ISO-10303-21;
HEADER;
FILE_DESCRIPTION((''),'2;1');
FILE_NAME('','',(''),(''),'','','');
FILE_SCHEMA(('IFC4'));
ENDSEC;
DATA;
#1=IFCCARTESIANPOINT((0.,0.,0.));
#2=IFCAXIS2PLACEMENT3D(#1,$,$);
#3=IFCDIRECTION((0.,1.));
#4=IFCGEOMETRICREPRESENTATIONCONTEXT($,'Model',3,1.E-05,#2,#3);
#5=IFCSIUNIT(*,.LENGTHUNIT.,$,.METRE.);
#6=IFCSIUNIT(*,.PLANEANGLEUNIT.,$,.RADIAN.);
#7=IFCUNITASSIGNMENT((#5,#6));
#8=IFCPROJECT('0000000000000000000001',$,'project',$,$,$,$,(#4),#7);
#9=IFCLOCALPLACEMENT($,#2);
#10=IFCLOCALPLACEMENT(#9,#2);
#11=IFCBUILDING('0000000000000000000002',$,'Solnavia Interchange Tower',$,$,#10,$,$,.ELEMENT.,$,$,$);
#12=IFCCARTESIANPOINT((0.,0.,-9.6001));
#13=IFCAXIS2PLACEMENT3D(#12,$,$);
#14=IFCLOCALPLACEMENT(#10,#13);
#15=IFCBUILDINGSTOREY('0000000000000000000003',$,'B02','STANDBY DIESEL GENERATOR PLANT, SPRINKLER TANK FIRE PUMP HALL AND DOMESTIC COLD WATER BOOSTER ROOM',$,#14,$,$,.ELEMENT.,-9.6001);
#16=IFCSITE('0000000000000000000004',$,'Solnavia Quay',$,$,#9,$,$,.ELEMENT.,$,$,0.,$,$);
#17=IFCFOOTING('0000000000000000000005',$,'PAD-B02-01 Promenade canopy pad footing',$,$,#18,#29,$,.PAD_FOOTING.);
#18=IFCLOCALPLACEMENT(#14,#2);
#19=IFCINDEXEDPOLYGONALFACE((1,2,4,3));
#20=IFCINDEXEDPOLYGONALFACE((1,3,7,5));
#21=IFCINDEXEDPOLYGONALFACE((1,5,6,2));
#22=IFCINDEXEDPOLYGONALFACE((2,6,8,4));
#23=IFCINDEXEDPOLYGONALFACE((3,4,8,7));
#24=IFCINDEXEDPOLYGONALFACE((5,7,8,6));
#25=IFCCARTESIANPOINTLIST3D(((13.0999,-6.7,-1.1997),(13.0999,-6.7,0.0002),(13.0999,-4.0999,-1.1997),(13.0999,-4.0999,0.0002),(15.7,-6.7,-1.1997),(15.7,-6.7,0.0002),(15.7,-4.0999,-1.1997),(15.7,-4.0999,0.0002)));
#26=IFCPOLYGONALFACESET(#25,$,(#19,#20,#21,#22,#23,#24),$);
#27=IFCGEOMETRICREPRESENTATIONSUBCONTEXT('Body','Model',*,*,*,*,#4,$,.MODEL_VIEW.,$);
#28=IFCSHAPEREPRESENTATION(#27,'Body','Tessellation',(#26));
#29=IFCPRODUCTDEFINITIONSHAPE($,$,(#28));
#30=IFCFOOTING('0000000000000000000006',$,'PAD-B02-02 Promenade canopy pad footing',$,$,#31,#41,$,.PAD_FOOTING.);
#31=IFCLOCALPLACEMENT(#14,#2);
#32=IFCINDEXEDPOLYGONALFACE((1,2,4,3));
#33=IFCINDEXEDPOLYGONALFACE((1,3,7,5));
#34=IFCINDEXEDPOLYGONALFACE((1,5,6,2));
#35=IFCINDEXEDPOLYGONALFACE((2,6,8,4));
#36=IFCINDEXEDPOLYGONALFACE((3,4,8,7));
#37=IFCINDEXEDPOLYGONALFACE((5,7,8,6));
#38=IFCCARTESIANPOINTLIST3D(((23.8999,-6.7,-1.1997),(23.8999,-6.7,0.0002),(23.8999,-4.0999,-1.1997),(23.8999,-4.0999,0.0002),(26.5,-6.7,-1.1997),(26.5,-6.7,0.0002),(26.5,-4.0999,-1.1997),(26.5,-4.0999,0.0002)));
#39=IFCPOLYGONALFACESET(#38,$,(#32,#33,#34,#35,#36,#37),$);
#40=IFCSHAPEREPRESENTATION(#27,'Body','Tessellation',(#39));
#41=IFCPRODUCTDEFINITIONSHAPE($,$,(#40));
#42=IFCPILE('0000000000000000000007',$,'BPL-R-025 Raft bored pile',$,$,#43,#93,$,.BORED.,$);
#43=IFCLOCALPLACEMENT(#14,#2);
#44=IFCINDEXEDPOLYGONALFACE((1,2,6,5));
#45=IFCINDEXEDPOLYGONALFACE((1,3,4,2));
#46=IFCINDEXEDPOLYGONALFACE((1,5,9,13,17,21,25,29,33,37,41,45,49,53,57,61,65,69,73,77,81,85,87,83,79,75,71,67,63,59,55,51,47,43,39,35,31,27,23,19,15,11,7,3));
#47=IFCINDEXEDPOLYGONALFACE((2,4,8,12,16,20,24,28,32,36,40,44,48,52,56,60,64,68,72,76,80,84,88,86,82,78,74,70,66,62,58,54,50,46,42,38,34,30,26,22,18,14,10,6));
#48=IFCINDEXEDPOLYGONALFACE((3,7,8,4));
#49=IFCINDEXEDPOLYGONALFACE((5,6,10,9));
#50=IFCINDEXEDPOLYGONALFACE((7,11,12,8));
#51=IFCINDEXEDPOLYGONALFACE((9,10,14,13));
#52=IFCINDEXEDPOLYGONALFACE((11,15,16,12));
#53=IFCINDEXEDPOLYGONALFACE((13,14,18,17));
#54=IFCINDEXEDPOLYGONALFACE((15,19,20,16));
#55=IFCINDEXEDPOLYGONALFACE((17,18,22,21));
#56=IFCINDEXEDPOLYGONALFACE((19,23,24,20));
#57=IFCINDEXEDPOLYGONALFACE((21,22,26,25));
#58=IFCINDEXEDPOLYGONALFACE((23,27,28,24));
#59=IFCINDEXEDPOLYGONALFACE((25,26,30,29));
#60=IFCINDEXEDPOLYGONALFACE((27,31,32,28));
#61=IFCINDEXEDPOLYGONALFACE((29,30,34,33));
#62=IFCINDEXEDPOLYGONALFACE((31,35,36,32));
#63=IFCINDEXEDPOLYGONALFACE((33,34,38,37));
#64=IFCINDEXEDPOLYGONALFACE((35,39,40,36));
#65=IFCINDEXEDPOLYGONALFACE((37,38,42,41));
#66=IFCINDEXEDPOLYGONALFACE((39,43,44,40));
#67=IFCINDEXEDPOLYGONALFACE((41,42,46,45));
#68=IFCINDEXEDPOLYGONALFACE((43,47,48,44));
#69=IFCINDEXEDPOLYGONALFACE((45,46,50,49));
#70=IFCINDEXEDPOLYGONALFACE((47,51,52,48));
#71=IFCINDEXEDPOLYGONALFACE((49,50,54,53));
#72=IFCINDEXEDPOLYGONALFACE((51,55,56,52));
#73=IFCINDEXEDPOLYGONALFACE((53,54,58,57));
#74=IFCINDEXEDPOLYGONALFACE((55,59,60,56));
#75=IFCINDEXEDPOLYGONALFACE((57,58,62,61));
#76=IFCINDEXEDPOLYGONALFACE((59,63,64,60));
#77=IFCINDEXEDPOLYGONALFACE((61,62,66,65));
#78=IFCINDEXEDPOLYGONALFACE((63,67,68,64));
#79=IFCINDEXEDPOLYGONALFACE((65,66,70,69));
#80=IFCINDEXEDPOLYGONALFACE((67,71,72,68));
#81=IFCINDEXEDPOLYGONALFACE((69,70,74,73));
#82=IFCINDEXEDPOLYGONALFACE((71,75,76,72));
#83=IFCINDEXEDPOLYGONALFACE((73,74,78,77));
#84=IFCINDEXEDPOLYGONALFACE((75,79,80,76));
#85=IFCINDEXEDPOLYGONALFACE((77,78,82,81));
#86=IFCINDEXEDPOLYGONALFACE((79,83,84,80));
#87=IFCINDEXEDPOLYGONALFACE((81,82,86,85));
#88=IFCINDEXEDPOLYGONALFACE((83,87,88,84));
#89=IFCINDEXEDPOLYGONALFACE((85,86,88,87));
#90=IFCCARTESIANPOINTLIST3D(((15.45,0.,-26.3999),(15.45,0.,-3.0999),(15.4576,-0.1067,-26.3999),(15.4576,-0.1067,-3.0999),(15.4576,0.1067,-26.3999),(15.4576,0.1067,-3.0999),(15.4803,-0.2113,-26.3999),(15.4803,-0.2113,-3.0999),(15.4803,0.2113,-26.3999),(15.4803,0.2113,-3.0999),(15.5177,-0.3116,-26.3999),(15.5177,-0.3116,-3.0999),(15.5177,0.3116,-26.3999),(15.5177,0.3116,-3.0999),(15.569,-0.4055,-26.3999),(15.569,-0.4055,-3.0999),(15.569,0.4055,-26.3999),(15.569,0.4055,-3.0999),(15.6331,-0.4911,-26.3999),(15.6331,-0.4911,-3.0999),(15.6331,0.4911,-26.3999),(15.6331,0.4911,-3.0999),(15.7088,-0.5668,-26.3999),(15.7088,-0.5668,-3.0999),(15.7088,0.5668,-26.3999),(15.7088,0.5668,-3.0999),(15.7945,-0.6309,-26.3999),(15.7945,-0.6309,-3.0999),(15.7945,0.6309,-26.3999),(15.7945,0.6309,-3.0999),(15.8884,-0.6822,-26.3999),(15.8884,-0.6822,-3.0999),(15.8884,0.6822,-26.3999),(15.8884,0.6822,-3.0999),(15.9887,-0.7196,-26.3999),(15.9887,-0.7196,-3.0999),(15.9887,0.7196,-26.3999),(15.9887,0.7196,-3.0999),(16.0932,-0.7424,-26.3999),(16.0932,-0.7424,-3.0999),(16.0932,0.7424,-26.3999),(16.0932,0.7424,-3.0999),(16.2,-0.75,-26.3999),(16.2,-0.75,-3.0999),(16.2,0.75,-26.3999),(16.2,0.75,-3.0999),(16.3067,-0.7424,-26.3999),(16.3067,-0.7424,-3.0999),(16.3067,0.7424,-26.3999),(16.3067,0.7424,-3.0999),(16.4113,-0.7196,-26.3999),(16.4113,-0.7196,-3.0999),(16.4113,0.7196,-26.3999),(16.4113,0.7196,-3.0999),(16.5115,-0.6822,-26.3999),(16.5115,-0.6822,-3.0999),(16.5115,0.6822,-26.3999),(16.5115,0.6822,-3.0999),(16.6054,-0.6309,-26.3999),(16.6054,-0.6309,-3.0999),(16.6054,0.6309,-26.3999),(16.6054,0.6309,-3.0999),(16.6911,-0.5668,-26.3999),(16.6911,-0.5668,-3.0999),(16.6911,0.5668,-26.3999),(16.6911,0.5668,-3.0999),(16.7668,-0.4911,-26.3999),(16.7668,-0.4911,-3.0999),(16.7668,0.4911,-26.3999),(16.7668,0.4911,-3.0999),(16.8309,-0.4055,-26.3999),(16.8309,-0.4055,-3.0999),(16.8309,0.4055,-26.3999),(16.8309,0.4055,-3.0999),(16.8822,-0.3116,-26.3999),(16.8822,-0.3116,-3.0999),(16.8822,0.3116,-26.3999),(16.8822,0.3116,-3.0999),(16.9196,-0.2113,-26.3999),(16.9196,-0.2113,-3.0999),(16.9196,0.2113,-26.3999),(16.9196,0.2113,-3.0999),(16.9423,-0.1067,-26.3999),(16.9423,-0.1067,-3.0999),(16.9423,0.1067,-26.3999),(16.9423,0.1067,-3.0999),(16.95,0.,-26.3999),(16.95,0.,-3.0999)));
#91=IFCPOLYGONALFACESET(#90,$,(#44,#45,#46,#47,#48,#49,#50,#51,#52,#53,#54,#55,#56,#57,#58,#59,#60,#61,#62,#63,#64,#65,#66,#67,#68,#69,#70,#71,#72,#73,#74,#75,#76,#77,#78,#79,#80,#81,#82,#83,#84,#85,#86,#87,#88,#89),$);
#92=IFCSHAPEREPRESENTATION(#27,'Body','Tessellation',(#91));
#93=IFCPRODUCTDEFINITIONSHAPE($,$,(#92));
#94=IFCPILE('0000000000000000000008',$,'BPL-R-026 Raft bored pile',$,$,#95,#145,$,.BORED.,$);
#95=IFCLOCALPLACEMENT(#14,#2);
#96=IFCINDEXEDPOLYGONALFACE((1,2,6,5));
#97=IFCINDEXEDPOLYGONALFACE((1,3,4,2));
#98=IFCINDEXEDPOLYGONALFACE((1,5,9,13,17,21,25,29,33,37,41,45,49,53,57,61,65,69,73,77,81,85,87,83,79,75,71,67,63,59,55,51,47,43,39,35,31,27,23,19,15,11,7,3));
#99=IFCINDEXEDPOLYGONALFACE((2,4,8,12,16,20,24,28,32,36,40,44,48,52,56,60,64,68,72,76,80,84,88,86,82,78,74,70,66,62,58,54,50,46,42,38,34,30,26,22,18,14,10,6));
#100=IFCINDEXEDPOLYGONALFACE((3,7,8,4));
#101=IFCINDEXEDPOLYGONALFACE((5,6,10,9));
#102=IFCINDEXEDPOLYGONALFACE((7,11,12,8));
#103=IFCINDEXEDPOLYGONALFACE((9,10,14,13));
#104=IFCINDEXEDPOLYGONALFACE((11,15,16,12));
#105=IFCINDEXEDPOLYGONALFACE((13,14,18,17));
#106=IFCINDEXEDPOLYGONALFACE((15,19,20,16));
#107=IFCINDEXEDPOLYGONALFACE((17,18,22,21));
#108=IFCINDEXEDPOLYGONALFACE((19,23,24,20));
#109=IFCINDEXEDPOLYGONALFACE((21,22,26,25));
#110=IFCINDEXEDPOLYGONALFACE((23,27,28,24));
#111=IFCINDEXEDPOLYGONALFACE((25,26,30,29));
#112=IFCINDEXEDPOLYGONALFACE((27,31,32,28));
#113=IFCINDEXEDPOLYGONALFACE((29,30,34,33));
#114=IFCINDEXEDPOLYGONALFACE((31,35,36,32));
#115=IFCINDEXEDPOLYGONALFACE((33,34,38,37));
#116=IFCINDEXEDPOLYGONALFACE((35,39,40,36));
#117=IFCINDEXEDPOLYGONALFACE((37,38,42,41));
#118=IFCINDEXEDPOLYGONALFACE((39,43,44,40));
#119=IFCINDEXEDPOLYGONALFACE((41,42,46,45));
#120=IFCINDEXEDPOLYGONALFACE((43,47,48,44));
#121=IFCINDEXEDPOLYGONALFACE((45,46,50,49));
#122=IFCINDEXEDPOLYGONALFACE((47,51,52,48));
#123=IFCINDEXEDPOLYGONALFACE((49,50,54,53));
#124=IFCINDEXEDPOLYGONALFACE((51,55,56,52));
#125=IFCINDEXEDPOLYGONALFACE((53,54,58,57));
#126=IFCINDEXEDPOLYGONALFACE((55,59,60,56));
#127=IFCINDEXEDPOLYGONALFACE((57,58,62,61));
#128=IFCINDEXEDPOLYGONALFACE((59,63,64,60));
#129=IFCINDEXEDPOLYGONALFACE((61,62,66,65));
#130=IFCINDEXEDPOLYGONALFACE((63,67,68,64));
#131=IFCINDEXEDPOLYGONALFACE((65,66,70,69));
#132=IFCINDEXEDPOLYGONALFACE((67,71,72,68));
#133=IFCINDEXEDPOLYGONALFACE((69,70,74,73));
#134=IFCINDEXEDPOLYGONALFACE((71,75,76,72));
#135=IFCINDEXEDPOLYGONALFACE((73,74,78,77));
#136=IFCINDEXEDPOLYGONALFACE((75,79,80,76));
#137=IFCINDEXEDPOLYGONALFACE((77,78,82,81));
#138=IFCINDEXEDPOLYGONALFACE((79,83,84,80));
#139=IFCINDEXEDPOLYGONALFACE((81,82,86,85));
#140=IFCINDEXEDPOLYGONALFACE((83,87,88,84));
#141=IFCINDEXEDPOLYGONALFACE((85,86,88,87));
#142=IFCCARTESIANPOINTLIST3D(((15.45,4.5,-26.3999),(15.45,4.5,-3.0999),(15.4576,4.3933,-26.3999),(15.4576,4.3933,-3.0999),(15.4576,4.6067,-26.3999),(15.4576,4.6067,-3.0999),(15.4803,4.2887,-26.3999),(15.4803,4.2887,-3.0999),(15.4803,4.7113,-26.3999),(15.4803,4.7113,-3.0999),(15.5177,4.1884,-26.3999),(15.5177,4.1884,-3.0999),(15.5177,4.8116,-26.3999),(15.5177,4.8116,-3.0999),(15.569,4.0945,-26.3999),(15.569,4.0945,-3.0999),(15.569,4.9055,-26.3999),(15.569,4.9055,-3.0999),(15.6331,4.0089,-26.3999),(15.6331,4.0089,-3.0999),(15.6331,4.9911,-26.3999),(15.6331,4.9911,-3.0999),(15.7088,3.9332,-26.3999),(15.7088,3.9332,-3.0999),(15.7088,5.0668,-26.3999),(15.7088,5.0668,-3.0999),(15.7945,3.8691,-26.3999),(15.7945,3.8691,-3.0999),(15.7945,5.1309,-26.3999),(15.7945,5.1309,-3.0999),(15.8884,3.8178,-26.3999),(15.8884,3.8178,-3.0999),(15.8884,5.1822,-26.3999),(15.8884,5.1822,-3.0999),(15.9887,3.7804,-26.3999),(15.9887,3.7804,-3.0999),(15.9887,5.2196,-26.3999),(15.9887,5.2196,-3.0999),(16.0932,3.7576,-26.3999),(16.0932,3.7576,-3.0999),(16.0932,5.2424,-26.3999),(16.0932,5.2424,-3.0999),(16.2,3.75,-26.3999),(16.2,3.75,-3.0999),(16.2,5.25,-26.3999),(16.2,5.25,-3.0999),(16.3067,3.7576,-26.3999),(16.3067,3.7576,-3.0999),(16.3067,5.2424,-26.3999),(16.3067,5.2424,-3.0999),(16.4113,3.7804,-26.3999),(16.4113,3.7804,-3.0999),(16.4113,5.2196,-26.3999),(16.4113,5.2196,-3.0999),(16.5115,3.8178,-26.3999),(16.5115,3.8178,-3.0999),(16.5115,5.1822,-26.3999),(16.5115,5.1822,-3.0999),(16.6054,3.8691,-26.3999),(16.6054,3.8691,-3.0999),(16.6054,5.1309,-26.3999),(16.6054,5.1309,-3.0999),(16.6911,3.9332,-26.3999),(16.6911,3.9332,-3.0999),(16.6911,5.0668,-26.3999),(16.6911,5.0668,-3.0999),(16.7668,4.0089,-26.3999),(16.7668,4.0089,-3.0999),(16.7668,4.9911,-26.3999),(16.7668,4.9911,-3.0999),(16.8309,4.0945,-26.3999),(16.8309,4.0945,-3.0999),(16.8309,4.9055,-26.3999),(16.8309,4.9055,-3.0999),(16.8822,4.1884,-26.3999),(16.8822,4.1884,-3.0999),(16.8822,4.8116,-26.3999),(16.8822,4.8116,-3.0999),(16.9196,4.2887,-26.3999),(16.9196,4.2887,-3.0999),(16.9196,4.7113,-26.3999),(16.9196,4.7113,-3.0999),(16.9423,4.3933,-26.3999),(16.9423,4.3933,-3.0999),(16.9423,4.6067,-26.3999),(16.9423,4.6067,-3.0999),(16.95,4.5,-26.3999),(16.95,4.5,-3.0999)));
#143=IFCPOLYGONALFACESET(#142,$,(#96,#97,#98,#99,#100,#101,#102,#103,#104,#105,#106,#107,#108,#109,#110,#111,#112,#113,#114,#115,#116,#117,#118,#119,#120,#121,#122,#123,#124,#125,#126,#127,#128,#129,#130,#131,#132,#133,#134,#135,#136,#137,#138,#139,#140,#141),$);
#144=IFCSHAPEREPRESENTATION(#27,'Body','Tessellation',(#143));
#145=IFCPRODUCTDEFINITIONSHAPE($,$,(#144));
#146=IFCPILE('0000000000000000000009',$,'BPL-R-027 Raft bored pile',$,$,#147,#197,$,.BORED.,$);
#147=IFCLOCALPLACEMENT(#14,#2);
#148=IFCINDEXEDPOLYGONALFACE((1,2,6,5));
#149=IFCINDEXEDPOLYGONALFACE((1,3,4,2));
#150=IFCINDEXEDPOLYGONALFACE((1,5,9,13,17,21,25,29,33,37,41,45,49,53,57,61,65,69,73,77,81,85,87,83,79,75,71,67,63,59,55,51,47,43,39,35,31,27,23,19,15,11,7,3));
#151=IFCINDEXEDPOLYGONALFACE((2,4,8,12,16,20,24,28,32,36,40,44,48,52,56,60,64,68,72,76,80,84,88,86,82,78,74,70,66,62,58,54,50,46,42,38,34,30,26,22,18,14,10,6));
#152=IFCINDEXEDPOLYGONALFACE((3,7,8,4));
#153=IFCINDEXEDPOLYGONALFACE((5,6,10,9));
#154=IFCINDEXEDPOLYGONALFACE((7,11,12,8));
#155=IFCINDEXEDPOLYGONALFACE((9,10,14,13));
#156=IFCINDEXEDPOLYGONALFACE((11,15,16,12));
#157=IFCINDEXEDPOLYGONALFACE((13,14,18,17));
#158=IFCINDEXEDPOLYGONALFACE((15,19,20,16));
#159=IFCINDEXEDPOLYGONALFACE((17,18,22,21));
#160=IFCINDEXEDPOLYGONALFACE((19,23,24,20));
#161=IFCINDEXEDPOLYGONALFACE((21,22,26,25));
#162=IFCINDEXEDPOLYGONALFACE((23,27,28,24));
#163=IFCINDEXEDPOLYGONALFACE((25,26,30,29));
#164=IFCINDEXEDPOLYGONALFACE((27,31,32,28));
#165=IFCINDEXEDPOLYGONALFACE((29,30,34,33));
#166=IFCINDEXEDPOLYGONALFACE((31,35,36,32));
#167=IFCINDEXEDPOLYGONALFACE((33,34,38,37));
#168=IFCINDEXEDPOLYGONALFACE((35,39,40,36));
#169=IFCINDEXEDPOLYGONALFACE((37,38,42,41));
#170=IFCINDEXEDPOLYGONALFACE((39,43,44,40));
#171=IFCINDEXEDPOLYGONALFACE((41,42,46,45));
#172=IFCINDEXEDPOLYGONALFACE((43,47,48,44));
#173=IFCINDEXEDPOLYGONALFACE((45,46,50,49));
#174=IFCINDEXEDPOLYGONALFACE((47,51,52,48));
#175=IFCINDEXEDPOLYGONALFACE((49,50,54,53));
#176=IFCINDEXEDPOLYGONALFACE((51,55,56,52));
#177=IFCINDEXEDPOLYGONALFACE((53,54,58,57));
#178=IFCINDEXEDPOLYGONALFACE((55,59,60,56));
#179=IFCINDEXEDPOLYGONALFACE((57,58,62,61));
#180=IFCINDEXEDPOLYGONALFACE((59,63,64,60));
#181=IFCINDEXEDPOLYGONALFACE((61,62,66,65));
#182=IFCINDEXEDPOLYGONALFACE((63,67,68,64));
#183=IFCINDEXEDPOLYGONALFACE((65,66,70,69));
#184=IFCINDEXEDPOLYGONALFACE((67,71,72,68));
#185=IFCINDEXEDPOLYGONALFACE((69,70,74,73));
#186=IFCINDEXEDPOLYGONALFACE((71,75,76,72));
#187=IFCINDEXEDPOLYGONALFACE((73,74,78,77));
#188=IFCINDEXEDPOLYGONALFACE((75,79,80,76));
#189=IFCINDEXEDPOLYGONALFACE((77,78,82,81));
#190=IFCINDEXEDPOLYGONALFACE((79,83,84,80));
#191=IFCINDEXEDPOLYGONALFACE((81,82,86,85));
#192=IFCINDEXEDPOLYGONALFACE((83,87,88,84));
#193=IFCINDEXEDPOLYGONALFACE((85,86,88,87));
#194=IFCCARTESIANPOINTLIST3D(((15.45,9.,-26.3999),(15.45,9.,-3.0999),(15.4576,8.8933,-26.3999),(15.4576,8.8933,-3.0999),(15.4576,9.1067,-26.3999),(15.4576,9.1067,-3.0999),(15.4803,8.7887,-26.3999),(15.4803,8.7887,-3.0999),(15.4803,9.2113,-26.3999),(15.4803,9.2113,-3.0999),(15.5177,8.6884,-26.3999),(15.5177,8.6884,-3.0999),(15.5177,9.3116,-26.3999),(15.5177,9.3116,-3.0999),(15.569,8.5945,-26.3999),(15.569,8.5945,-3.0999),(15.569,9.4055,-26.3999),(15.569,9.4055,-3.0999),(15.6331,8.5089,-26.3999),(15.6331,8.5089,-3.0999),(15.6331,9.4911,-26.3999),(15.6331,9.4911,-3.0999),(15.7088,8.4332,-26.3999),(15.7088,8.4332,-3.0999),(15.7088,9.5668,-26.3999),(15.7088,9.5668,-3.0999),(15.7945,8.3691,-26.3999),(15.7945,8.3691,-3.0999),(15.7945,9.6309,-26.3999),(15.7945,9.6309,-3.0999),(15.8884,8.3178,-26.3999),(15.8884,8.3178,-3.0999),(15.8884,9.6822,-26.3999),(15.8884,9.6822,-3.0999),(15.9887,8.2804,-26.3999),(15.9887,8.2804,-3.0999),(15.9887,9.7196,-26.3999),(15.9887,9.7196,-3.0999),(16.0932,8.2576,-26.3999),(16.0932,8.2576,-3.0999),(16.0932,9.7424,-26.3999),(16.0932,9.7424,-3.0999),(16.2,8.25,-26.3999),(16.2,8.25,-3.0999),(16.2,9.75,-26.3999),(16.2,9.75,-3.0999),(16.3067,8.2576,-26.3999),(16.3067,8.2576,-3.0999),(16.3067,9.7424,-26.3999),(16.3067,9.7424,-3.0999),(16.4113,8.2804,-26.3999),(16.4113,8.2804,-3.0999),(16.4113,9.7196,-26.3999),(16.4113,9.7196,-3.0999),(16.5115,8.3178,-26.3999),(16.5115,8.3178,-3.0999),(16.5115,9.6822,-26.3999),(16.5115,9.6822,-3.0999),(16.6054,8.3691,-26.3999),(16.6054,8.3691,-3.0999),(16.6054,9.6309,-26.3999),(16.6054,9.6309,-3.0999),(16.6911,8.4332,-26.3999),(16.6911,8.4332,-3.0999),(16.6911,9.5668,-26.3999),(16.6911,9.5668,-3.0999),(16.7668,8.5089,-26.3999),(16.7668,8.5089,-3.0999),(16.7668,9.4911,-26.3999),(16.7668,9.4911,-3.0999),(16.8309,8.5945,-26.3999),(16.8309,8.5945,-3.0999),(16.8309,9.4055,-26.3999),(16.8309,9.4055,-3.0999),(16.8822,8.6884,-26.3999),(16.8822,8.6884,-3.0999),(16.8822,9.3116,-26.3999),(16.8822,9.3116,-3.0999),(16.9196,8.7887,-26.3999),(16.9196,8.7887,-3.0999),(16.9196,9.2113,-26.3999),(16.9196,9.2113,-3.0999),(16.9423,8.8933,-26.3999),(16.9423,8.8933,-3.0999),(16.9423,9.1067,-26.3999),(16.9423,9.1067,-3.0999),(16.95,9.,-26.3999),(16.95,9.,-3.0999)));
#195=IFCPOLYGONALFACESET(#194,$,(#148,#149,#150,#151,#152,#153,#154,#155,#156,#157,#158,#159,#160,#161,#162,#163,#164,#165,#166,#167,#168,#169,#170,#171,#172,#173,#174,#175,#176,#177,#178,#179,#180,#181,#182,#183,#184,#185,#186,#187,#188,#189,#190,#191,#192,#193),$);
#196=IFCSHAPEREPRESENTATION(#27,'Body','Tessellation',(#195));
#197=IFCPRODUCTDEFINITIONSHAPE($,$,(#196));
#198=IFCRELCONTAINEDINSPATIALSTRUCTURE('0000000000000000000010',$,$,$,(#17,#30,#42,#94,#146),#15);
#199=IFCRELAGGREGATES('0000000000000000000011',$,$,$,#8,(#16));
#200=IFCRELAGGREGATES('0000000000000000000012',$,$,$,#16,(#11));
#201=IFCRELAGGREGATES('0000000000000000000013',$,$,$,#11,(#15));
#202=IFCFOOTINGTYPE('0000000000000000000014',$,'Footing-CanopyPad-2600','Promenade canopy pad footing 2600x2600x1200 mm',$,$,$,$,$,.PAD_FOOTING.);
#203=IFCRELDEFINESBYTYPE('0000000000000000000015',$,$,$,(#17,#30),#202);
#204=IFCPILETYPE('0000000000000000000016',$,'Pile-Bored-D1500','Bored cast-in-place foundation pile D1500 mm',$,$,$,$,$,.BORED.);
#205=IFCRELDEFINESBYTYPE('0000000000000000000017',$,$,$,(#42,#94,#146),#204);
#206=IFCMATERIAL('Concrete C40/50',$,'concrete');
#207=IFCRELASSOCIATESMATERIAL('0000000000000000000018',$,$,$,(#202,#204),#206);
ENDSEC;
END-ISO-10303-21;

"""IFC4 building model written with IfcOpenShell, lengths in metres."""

from ifc_helpers import new_model, si_unit, direction, frame, origin, origin_2d, place, context, subcontext, project, spatial, rectangle, circle, extrude, material, material_profile, profile_set, type_object, element, save


model = new_model("IFC4")

# Units and contexts
model_context = context("Model", 3, precision=1e-05, world=origin(), true_north=direction((0.0, 1.0)))
body_context = subcontext(model_context, "Body", "Model", "MODEL_VIEW")
ifc_project = project(units=[si_unit("LENGTHUNIT", "METRE"), si_unit("PLANEANGLEUNIT", "RADIAN")], contexts=[model_context])

# Site, building, storey
site_placement = place(None, origin())
site = spatial("IfcSite", under=ifc_project, at=site_placement, Name="Solnavia Quay", CompositionType="ELEMENT", RefElevation=0.0)
building_placement = place(site_placement, origin())
building = spatial("IfcBuilding", under=site, at=building_placement, Name="Solnavia Interchange Tower", CompositionType="ELEMENT")
storey_placement = place(building_placement, frame((0.0, 0.0, -9.6001)))
storey = spatial("IfcBuildingStorey", under=building, at=storey_placement, Name="B02", Description="STANDBY DIESEL GENERATOR PLANT, SPRINKLER TANK FIRE PUMP HALL AND DOMESTIC COLD WATER BOOSTER ROOM", CompositionType="ELEMENT", Elevation=-9.6001)

# Footings
ifc_material_1 = material(Name="Concrete C40/50", Category="concrete")
footing_type = type_object("IfcFootingType", Name="Footing-CanopyPad-2600", Description="Promenade canopy pad footing 2600x2600x1200 mm", PredefinedType="PAD_FOOTING", material=ifc_material_1)
for number, where, z_axis, x_axis, name in (
    (1, (14.3999, -5.3999, -1.1997), (0.0, 0.0, 1.0), (1.0, 0.0, 0.0), "PAD-B02-01 Promenade canopy pad footing"),
    (2, (25.2, -5.3999, -1.1997), (0.0, 0.0, 1.0), (1.0, 0.0, 0.0), "PAD-B02-02 Promenade canopy pad footing"),
):
    element("IfcFooting", number, at=place(storey_placement, frame(where, z_axis=z_axis, x_axis=x_axis)), inside=storey, type_object=footing_type, Name=name, PredefinedType="PAD_FOOTING", context=body_context, shape_type="SweptSolid", body=[
        extrude(rectangle(XDim=2.6001, YDim=2.6001, at=origin_2d()), origin(), (0.0, 0.0, 1.0), 1.2),
    ])

# Piles
ifc_material_profile_1 = material_profile(ifc_material_1, circle(Radius=0.75, at=origin_2d()), Name="PILE D1500")
ifc_profile_set_1 = profile_set([ifc_material_profile_1], Name="Concrete C40/50")
pile_type = type_object("IfcPileType", Name="Pile-Bored-D1500", Description="Bored cast-in-place foundation pile D1500 mm", PredefinedType="BORED", material=ifc_profile_set_1)
for number, where, z_axis, x_axis, name in (
    (3, (16.2, 0.0, -3.0999), (0.0, 0.0, -1.0), (1.0, 0.0, 0.0), "BPL-R-025 Raft bored pile"),
    (4, (16.2, 4.5, -3.0999), (0.0, 0.0, -1.0), (1.0, 0.0, 0.0), "BPL-R-026 Raft bored pile"),
    (5, (16.2, 9.0, -3.0999), (0.0, 0.0, -1.0), (1.0, 0.0, 0.0), "BPL-R-027 Raft bored pile"),
):
    element("IfcPile", number, at=place(storey_placement, frame(where, z_axis=z_axis, x_axis=x_axis)), inside=storey, type_object=pile_type, Name=name, PredefinedType="BORED", context=body_context, shape_type="SweptSolid", body=[
        extrude(circle(Radius=0.75, at=origin_2d()), origin(), (0.0, 0.0, 1.0), 23.3),
    ])

save(model, "model.ifc")
